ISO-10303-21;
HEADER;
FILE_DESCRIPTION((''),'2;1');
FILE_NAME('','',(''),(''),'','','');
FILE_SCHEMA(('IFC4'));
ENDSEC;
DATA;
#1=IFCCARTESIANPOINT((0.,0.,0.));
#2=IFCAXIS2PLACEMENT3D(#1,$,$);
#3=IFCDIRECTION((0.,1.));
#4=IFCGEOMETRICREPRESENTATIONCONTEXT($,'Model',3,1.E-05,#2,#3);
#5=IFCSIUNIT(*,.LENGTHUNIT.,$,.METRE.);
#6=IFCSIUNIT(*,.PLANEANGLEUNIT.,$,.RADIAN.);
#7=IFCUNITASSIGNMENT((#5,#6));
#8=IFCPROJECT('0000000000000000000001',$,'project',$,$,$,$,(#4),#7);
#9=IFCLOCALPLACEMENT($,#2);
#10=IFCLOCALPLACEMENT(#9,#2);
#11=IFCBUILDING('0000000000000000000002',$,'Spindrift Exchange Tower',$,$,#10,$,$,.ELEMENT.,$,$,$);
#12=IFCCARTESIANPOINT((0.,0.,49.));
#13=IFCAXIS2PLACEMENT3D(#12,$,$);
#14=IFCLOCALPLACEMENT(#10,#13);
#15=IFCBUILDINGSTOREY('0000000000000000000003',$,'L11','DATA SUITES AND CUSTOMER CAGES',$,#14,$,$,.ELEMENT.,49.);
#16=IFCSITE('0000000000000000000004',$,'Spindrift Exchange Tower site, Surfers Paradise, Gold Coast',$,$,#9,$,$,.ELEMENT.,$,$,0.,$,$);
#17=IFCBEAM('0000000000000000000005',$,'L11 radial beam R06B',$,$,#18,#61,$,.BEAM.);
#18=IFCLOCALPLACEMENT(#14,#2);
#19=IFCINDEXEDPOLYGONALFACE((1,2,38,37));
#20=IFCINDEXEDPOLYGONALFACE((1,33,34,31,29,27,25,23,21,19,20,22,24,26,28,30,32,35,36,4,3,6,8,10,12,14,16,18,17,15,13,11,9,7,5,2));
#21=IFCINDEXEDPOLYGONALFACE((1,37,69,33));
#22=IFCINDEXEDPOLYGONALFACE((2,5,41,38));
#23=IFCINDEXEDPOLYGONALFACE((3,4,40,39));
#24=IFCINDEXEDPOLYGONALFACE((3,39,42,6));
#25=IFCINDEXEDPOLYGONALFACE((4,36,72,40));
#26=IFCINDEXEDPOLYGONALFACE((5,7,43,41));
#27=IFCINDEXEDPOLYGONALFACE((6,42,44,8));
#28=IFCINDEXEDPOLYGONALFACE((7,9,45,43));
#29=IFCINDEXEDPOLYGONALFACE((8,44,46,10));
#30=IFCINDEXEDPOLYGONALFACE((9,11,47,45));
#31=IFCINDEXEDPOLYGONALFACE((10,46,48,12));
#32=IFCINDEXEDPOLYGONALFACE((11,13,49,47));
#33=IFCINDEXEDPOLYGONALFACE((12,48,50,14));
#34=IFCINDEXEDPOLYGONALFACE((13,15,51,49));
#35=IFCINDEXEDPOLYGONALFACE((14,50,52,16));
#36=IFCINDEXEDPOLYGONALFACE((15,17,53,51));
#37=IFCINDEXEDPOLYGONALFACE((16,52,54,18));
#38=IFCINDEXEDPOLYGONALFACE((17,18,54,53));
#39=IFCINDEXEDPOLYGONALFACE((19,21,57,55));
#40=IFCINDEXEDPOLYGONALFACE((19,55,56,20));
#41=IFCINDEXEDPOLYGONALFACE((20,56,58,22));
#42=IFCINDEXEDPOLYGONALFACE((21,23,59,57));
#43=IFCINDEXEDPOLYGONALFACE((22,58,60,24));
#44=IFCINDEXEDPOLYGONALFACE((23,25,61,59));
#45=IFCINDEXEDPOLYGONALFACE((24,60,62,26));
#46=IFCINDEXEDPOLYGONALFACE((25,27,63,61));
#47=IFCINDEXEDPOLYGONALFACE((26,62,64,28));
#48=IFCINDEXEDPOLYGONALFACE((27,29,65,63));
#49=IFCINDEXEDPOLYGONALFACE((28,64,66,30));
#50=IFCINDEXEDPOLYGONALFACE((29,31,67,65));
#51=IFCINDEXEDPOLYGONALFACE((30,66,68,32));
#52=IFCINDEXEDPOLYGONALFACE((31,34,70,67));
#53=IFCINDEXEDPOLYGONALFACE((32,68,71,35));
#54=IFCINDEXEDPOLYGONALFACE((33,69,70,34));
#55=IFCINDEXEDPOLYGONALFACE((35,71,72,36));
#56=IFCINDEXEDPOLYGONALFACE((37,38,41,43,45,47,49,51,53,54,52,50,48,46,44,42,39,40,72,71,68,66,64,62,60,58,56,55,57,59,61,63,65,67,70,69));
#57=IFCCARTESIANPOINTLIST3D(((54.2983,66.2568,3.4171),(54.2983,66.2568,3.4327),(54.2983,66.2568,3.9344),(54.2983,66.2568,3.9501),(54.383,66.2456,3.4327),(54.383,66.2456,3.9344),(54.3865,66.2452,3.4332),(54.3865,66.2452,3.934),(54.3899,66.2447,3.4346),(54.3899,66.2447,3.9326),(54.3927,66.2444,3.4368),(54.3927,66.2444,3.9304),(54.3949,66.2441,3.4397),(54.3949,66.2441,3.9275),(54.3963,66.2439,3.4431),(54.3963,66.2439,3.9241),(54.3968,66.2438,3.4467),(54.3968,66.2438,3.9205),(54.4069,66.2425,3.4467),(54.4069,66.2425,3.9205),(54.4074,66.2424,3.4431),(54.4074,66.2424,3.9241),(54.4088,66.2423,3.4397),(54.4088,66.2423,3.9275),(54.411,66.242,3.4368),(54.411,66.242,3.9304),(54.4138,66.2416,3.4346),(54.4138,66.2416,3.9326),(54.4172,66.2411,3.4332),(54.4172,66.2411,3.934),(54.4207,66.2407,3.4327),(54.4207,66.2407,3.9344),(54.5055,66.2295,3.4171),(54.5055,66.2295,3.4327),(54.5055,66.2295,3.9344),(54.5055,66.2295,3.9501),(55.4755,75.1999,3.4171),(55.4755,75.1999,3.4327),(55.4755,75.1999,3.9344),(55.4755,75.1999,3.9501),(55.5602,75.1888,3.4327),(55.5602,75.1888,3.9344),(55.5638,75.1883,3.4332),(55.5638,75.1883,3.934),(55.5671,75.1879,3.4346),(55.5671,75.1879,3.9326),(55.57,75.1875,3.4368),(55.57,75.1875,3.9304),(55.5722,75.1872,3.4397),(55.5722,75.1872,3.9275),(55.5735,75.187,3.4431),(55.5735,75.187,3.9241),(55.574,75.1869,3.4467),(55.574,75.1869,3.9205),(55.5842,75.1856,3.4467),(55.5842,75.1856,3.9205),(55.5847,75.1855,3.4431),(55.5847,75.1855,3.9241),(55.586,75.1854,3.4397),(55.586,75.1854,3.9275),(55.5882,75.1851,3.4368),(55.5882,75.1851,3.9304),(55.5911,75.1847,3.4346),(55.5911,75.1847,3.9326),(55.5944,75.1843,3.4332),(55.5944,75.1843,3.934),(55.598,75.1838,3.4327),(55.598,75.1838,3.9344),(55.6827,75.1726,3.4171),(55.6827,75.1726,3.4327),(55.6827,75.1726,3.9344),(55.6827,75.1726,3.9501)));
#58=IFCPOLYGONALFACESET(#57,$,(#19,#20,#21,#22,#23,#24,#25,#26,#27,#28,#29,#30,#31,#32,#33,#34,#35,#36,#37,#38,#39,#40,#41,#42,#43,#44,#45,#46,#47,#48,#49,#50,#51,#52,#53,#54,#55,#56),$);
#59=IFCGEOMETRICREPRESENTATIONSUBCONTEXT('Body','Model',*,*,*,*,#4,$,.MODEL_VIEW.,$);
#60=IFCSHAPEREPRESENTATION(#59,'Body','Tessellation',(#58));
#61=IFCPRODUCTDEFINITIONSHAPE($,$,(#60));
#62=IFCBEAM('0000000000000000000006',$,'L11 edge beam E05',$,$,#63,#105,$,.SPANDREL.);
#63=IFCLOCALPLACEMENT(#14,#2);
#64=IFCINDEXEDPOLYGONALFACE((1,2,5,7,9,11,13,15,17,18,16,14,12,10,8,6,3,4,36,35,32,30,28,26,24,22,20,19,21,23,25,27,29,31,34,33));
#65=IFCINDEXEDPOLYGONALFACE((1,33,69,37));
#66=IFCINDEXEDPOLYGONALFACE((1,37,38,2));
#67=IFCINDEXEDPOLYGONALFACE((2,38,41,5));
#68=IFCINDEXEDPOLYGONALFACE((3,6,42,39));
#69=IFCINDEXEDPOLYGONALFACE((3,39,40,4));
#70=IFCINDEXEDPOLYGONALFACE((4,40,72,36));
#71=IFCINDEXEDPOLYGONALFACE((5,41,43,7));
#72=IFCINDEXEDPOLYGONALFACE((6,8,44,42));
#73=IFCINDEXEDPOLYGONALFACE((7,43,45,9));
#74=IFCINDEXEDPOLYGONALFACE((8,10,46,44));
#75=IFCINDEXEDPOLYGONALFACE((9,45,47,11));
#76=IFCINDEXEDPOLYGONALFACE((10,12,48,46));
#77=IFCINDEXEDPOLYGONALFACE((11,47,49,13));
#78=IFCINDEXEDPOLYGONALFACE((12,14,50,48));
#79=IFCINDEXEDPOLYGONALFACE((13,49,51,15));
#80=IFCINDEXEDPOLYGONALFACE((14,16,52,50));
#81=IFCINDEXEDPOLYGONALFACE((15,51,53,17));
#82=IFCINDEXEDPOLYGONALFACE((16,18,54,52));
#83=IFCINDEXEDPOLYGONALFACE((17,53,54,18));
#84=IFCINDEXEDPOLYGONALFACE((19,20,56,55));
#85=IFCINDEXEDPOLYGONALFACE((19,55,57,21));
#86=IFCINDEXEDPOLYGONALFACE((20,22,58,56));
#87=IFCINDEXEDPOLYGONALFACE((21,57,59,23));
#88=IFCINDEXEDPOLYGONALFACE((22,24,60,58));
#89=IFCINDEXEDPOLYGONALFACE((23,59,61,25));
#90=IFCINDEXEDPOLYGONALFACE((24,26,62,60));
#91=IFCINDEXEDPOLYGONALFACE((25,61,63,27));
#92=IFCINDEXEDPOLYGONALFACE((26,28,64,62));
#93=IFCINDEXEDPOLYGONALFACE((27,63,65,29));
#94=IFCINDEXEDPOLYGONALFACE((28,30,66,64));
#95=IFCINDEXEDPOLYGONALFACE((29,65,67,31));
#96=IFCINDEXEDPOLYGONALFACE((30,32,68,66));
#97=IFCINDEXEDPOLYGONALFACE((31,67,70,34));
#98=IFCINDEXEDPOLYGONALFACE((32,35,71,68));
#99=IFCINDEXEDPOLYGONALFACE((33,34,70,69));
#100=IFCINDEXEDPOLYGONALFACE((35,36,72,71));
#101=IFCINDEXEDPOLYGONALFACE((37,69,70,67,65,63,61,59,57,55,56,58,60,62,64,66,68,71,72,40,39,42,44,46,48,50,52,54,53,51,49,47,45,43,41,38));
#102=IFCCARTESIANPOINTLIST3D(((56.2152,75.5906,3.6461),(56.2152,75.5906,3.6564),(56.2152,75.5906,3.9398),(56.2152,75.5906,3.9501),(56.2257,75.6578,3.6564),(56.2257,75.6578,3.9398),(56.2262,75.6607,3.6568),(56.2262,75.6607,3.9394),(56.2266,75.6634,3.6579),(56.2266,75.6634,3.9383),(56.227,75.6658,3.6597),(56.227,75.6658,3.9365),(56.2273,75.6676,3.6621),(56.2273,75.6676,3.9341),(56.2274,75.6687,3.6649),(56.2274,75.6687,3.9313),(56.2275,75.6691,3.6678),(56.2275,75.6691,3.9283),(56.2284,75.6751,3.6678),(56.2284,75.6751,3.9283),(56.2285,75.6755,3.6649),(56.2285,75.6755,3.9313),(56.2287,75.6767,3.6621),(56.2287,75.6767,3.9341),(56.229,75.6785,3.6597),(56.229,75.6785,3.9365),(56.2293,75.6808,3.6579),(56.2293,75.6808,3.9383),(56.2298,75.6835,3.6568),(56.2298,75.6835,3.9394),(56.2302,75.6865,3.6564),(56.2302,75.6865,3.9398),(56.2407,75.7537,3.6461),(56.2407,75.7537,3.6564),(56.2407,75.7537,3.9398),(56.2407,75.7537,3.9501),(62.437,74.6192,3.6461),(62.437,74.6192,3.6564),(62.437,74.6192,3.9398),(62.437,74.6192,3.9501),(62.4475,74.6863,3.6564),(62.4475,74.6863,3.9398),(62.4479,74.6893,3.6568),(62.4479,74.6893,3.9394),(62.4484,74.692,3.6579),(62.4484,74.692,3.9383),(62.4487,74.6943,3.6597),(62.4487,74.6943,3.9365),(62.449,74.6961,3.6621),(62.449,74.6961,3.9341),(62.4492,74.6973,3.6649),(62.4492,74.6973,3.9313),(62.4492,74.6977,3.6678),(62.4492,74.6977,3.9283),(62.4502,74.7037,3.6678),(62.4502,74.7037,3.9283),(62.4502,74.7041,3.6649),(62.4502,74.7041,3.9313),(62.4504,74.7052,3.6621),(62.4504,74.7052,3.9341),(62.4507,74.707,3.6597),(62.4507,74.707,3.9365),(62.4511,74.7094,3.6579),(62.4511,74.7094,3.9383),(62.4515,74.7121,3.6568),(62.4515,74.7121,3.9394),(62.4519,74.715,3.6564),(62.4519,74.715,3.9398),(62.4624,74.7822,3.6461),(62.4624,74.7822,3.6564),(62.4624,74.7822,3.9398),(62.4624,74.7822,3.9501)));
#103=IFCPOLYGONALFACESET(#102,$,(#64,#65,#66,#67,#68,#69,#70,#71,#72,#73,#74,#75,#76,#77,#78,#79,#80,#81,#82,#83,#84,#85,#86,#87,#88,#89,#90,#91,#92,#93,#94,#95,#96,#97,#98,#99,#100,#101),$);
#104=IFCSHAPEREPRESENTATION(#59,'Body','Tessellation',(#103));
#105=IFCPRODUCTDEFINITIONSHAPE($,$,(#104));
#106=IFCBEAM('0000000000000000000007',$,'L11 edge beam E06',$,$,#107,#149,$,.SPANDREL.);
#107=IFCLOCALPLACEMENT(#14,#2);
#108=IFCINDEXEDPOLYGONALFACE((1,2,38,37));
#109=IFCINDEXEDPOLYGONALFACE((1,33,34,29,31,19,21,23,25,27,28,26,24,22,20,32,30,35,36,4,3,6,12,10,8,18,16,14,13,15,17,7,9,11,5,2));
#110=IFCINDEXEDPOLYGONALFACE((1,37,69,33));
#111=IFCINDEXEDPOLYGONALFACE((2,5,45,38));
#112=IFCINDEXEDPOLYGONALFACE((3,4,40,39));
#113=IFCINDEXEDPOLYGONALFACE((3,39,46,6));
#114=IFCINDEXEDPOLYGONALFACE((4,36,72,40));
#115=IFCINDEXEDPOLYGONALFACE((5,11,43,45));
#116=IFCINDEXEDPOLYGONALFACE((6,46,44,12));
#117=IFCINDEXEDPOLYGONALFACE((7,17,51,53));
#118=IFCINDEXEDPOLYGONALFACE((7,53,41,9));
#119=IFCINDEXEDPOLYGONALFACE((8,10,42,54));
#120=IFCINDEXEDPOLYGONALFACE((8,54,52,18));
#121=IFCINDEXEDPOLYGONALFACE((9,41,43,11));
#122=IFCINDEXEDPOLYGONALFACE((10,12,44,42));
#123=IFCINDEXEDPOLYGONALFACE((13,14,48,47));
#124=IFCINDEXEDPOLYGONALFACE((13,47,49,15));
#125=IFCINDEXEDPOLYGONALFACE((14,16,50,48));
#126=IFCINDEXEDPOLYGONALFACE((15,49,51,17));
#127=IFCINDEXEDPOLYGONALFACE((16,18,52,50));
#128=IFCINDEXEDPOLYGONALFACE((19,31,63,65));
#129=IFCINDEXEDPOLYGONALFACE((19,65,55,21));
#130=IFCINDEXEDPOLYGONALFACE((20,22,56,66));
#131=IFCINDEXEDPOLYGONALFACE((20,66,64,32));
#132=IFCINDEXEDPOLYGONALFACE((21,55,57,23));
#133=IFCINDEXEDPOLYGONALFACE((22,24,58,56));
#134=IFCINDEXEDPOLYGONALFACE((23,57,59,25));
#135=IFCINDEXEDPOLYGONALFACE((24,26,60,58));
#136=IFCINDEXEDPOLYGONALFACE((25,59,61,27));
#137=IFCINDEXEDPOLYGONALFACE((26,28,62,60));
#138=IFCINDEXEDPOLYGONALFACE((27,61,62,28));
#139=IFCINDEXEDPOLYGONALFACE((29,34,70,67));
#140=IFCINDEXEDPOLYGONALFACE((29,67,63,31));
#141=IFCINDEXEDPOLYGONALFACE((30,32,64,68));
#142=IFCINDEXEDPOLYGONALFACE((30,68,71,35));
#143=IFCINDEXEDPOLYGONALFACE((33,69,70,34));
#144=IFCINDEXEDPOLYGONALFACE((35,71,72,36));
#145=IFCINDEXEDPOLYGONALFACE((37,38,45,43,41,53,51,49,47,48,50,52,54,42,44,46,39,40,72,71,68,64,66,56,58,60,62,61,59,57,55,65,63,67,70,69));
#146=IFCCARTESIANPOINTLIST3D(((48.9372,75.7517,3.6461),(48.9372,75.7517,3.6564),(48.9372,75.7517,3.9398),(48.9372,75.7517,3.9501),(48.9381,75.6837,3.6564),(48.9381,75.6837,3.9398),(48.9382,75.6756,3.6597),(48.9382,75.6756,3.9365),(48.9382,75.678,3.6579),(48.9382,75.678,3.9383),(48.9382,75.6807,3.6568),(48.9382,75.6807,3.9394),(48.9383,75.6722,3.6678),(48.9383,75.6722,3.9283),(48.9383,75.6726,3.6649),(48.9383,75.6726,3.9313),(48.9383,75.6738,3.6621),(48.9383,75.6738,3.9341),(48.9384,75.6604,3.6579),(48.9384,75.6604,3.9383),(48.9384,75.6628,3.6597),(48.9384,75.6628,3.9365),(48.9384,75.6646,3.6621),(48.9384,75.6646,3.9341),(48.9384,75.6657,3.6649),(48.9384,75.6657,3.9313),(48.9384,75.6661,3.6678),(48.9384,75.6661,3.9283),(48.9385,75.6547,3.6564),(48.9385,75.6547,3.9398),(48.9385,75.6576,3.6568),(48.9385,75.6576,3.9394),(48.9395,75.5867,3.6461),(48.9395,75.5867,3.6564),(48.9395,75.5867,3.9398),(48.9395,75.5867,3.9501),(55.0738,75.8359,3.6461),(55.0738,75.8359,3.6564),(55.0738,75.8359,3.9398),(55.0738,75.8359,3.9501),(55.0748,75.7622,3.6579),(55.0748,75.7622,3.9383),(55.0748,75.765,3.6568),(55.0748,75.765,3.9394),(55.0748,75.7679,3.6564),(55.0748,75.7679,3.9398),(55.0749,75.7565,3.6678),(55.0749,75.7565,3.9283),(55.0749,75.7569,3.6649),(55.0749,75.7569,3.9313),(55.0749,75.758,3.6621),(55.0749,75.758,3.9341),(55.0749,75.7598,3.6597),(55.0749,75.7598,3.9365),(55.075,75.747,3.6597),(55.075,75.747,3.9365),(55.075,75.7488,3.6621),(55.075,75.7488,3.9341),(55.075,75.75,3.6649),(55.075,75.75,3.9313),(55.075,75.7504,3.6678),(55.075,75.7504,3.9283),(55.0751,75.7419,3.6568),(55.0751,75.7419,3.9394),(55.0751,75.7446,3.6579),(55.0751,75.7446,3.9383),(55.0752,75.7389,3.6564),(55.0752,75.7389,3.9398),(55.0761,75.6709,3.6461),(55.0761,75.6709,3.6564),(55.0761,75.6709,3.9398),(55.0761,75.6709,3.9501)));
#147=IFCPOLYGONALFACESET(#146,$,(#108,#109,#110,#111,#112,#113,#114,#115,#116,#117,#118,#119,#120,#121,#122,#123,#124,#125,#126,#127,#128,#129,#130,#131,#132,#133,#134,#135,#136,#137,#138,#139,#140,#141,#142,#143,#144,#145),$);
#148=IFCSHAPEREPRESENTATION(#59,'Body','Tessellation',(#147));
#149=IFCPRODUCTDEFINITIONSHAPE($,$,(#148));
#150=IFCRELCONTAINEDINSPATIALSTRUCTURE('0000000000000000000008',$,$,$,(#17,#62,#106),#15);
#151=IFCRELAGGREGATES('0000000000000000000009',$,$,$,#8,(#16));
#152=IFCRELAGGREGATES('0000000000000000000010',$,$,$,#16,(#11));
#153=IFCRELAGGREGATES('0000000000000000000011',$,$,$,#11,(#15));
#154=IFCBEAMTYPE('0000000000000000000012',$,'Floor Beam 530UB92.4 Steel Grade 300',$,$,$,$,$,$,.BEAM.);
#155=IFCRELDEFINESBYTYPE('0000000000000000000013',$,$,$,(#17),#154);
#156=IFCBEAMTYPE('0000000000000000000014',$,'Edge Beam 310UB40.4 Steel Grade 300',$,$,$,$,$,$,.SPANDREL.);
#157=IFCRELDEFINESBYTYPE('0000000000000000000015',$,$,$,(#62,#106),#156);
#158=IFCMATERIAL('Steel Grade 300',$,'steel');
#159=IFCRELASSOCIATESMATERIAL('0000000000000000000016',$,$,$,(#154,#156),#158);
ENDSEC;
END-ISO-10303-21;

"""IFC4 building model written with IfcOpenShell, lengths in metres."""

from ifc_helpers import new_model, si_unit, direction, frame, origin, origin_2d, place, context, subcontext, project, spatial, i_section, extrude, source, transform, mapped, material, material_profile, profile_set, type_object, element, save


model = new_model("IFC4")

# Units and contexts
model_context = context("Model", 3, precision=1e-05, world=origin(), true_north=direction((0.0, 1.0)))
body_context = subcontext(model_context, "Body", "Model", "MODEL_VIEW")
ifc_project = project(units=[si_unit("LENGTHUNIT", "METRE"), si_unit("PLANEANGLEUNIT", "RADIAN")], contexts=[model_context])

# Site, building, storey
site_placement = place(None, origin())
site = spatial("IfcSite", under=ifc_project, at=site_placement, Name="Spindrift Exchange Tower site, Surfers Paradise, Gold Coast", CompositionType="ELEMENT", RefElevation=0.0)
building_placement = place(site_placement, origin())
building = spatial("IfcBuilding", under=site, at=building_placement, Name="Spindrift Exchange Tower", CompositionType="ELEMENT")
storey_placement = place(building_placement, frame((0.0, 0.0, 49.0)))
storey = spatial("IfcBuildingStorey", under=building, at=storey_placement, Name="L11", Description="DATA SUITES AND CUSTOMER CAGES", CompositionType="ELEMENT", Elevation=49.0)

# Beams
ifc_material_1 = material(Name="Steel Grade 300", Category="steel")
ifc_material_profile_1 = material_profile(ifc_material_1, i_section(OverallWidth=0.209, OverallDepth=0.533, WebThickness=0.0103, FlangeThickness=0.0156, FilletRadius=0.0139, at=origin_2d()), Name="530UB92.4")
ifc_profile_set_1 = profile_set([ifc_material_profile_1], Name="Steel Grade 300")
beam_type_1 = type_object("IfcBeamType", Name="Floor Beam 530UB92.4 Steel Grade 300", PredefinedType="BEAM", material=ifc_profile_set_1)
shared_shape_1 = source(origin(), body_context, "Body", "SweptSolid", [
    extrude(i_section(OverallWidth=0.209, OverallDepth=0.533, WebThickness=0.0103, FlangeThickness=0.0156, FilletRadius=0.0139, at=origin_2d()), origin(), (0.0, 0.0, 1.0), 9.0203),
])
beam_1_placement = place(storey_placement, frame((54.4019, 66.2432, 3.6836), z_axis=(0.130511, 0.991447, 0.0), x_axis=(-0.991447, 0.130511, 0.0)))
element("IfcBeam", 1, at=beam_1_placement, inside=storey, type_object=beam_type_1, Name="L11 radial beam R06B", PredefinedType="BEAM", context=body_context, shape_type="MappedRepresentation", body=[
    mapped(shared_shape_1, transform((0.0, 0.0, 0.0), scale=1.0)),
])
ifc_material_profile_2 = material_profile(ifc_material_1, i_section(OverallWidth=0.165, OverallDepth=0.304, WebThickness=0.0061, FlangeThickness=0.0103, FilletRadius=0.0115, at=origin_2d()), Name="310UB40.4")
ifc_profile_set_2 = profile_set([ifc_material_profile_2], Name="Steel Grade 300")
beam_type_2 = type_object("IfcBeamType", Name="Edge Beam 310UB40.4 Steel Grade 300", PredefinedType="SPANDREL", material=ifc_profile_set_2)
shared_shape_2 = source(origin(), body_context, "Body", "SweptSolid", [
    extrude(i_section(OverallWidth=0.165, OverallDepth=0.304, WebThickness=0.0061, FlangeThickness=0.0103, FilletRadius=0.0115, at=origin_2d()), origin(), (0.0, 0.0, 1.0), 6.2971),
])
beam_2_placement = place(storey_placement, frame((62.4497, 74.7007, 3.7981), z_axis=(-0.988029, 0.154268, 0.0), x_axis=(-0.154268, -0.988029, 0.0)))
element("IfcBeam", 2, at=beam_2_placement, inside=storey, type_object=beam_type_2, Name="L11 edge beam E05", PredefinedType="SPANDREL", context=body_context, shape_type="MappedRepresentation", body=[
    mapped(shared_shape_2, transform((0.0, 0.0, 0.0), scale=1.0)),
])
shared_shape_3 = source(origin(), body_context, "Body", "SweptSolid", [
    extrude(i_section(OverallWidth=0.165, OverallDepth=0.304, WebThickness=0.0061, FlangeThickness=0.0103, FilletRadius=0.0115, at=origin_2d()), origin(), (0.0, 0.0, 1.0), 6.1372),
])
beam_3_placement = place(storey_placement, frame((55.075, 75.7534, 3.7981), z_axis=(-0.999906, -0.013724, 0.0), x_axis=(0.013724, -0.999906, 0.0)))
element("IfcBeam", 3, at=beam_3_placement, inside=storey, type_object=beam_type_2, Name="L11 edge beam E06", PredefinedType="SPANDREL", context=body_context, shape_type="MappedRepresentation", body=[
    mapped(shared_shape_3, transform((0.0, 0.0, 0.0), scale=1.0)),
])

save(model, "model.ifc")
